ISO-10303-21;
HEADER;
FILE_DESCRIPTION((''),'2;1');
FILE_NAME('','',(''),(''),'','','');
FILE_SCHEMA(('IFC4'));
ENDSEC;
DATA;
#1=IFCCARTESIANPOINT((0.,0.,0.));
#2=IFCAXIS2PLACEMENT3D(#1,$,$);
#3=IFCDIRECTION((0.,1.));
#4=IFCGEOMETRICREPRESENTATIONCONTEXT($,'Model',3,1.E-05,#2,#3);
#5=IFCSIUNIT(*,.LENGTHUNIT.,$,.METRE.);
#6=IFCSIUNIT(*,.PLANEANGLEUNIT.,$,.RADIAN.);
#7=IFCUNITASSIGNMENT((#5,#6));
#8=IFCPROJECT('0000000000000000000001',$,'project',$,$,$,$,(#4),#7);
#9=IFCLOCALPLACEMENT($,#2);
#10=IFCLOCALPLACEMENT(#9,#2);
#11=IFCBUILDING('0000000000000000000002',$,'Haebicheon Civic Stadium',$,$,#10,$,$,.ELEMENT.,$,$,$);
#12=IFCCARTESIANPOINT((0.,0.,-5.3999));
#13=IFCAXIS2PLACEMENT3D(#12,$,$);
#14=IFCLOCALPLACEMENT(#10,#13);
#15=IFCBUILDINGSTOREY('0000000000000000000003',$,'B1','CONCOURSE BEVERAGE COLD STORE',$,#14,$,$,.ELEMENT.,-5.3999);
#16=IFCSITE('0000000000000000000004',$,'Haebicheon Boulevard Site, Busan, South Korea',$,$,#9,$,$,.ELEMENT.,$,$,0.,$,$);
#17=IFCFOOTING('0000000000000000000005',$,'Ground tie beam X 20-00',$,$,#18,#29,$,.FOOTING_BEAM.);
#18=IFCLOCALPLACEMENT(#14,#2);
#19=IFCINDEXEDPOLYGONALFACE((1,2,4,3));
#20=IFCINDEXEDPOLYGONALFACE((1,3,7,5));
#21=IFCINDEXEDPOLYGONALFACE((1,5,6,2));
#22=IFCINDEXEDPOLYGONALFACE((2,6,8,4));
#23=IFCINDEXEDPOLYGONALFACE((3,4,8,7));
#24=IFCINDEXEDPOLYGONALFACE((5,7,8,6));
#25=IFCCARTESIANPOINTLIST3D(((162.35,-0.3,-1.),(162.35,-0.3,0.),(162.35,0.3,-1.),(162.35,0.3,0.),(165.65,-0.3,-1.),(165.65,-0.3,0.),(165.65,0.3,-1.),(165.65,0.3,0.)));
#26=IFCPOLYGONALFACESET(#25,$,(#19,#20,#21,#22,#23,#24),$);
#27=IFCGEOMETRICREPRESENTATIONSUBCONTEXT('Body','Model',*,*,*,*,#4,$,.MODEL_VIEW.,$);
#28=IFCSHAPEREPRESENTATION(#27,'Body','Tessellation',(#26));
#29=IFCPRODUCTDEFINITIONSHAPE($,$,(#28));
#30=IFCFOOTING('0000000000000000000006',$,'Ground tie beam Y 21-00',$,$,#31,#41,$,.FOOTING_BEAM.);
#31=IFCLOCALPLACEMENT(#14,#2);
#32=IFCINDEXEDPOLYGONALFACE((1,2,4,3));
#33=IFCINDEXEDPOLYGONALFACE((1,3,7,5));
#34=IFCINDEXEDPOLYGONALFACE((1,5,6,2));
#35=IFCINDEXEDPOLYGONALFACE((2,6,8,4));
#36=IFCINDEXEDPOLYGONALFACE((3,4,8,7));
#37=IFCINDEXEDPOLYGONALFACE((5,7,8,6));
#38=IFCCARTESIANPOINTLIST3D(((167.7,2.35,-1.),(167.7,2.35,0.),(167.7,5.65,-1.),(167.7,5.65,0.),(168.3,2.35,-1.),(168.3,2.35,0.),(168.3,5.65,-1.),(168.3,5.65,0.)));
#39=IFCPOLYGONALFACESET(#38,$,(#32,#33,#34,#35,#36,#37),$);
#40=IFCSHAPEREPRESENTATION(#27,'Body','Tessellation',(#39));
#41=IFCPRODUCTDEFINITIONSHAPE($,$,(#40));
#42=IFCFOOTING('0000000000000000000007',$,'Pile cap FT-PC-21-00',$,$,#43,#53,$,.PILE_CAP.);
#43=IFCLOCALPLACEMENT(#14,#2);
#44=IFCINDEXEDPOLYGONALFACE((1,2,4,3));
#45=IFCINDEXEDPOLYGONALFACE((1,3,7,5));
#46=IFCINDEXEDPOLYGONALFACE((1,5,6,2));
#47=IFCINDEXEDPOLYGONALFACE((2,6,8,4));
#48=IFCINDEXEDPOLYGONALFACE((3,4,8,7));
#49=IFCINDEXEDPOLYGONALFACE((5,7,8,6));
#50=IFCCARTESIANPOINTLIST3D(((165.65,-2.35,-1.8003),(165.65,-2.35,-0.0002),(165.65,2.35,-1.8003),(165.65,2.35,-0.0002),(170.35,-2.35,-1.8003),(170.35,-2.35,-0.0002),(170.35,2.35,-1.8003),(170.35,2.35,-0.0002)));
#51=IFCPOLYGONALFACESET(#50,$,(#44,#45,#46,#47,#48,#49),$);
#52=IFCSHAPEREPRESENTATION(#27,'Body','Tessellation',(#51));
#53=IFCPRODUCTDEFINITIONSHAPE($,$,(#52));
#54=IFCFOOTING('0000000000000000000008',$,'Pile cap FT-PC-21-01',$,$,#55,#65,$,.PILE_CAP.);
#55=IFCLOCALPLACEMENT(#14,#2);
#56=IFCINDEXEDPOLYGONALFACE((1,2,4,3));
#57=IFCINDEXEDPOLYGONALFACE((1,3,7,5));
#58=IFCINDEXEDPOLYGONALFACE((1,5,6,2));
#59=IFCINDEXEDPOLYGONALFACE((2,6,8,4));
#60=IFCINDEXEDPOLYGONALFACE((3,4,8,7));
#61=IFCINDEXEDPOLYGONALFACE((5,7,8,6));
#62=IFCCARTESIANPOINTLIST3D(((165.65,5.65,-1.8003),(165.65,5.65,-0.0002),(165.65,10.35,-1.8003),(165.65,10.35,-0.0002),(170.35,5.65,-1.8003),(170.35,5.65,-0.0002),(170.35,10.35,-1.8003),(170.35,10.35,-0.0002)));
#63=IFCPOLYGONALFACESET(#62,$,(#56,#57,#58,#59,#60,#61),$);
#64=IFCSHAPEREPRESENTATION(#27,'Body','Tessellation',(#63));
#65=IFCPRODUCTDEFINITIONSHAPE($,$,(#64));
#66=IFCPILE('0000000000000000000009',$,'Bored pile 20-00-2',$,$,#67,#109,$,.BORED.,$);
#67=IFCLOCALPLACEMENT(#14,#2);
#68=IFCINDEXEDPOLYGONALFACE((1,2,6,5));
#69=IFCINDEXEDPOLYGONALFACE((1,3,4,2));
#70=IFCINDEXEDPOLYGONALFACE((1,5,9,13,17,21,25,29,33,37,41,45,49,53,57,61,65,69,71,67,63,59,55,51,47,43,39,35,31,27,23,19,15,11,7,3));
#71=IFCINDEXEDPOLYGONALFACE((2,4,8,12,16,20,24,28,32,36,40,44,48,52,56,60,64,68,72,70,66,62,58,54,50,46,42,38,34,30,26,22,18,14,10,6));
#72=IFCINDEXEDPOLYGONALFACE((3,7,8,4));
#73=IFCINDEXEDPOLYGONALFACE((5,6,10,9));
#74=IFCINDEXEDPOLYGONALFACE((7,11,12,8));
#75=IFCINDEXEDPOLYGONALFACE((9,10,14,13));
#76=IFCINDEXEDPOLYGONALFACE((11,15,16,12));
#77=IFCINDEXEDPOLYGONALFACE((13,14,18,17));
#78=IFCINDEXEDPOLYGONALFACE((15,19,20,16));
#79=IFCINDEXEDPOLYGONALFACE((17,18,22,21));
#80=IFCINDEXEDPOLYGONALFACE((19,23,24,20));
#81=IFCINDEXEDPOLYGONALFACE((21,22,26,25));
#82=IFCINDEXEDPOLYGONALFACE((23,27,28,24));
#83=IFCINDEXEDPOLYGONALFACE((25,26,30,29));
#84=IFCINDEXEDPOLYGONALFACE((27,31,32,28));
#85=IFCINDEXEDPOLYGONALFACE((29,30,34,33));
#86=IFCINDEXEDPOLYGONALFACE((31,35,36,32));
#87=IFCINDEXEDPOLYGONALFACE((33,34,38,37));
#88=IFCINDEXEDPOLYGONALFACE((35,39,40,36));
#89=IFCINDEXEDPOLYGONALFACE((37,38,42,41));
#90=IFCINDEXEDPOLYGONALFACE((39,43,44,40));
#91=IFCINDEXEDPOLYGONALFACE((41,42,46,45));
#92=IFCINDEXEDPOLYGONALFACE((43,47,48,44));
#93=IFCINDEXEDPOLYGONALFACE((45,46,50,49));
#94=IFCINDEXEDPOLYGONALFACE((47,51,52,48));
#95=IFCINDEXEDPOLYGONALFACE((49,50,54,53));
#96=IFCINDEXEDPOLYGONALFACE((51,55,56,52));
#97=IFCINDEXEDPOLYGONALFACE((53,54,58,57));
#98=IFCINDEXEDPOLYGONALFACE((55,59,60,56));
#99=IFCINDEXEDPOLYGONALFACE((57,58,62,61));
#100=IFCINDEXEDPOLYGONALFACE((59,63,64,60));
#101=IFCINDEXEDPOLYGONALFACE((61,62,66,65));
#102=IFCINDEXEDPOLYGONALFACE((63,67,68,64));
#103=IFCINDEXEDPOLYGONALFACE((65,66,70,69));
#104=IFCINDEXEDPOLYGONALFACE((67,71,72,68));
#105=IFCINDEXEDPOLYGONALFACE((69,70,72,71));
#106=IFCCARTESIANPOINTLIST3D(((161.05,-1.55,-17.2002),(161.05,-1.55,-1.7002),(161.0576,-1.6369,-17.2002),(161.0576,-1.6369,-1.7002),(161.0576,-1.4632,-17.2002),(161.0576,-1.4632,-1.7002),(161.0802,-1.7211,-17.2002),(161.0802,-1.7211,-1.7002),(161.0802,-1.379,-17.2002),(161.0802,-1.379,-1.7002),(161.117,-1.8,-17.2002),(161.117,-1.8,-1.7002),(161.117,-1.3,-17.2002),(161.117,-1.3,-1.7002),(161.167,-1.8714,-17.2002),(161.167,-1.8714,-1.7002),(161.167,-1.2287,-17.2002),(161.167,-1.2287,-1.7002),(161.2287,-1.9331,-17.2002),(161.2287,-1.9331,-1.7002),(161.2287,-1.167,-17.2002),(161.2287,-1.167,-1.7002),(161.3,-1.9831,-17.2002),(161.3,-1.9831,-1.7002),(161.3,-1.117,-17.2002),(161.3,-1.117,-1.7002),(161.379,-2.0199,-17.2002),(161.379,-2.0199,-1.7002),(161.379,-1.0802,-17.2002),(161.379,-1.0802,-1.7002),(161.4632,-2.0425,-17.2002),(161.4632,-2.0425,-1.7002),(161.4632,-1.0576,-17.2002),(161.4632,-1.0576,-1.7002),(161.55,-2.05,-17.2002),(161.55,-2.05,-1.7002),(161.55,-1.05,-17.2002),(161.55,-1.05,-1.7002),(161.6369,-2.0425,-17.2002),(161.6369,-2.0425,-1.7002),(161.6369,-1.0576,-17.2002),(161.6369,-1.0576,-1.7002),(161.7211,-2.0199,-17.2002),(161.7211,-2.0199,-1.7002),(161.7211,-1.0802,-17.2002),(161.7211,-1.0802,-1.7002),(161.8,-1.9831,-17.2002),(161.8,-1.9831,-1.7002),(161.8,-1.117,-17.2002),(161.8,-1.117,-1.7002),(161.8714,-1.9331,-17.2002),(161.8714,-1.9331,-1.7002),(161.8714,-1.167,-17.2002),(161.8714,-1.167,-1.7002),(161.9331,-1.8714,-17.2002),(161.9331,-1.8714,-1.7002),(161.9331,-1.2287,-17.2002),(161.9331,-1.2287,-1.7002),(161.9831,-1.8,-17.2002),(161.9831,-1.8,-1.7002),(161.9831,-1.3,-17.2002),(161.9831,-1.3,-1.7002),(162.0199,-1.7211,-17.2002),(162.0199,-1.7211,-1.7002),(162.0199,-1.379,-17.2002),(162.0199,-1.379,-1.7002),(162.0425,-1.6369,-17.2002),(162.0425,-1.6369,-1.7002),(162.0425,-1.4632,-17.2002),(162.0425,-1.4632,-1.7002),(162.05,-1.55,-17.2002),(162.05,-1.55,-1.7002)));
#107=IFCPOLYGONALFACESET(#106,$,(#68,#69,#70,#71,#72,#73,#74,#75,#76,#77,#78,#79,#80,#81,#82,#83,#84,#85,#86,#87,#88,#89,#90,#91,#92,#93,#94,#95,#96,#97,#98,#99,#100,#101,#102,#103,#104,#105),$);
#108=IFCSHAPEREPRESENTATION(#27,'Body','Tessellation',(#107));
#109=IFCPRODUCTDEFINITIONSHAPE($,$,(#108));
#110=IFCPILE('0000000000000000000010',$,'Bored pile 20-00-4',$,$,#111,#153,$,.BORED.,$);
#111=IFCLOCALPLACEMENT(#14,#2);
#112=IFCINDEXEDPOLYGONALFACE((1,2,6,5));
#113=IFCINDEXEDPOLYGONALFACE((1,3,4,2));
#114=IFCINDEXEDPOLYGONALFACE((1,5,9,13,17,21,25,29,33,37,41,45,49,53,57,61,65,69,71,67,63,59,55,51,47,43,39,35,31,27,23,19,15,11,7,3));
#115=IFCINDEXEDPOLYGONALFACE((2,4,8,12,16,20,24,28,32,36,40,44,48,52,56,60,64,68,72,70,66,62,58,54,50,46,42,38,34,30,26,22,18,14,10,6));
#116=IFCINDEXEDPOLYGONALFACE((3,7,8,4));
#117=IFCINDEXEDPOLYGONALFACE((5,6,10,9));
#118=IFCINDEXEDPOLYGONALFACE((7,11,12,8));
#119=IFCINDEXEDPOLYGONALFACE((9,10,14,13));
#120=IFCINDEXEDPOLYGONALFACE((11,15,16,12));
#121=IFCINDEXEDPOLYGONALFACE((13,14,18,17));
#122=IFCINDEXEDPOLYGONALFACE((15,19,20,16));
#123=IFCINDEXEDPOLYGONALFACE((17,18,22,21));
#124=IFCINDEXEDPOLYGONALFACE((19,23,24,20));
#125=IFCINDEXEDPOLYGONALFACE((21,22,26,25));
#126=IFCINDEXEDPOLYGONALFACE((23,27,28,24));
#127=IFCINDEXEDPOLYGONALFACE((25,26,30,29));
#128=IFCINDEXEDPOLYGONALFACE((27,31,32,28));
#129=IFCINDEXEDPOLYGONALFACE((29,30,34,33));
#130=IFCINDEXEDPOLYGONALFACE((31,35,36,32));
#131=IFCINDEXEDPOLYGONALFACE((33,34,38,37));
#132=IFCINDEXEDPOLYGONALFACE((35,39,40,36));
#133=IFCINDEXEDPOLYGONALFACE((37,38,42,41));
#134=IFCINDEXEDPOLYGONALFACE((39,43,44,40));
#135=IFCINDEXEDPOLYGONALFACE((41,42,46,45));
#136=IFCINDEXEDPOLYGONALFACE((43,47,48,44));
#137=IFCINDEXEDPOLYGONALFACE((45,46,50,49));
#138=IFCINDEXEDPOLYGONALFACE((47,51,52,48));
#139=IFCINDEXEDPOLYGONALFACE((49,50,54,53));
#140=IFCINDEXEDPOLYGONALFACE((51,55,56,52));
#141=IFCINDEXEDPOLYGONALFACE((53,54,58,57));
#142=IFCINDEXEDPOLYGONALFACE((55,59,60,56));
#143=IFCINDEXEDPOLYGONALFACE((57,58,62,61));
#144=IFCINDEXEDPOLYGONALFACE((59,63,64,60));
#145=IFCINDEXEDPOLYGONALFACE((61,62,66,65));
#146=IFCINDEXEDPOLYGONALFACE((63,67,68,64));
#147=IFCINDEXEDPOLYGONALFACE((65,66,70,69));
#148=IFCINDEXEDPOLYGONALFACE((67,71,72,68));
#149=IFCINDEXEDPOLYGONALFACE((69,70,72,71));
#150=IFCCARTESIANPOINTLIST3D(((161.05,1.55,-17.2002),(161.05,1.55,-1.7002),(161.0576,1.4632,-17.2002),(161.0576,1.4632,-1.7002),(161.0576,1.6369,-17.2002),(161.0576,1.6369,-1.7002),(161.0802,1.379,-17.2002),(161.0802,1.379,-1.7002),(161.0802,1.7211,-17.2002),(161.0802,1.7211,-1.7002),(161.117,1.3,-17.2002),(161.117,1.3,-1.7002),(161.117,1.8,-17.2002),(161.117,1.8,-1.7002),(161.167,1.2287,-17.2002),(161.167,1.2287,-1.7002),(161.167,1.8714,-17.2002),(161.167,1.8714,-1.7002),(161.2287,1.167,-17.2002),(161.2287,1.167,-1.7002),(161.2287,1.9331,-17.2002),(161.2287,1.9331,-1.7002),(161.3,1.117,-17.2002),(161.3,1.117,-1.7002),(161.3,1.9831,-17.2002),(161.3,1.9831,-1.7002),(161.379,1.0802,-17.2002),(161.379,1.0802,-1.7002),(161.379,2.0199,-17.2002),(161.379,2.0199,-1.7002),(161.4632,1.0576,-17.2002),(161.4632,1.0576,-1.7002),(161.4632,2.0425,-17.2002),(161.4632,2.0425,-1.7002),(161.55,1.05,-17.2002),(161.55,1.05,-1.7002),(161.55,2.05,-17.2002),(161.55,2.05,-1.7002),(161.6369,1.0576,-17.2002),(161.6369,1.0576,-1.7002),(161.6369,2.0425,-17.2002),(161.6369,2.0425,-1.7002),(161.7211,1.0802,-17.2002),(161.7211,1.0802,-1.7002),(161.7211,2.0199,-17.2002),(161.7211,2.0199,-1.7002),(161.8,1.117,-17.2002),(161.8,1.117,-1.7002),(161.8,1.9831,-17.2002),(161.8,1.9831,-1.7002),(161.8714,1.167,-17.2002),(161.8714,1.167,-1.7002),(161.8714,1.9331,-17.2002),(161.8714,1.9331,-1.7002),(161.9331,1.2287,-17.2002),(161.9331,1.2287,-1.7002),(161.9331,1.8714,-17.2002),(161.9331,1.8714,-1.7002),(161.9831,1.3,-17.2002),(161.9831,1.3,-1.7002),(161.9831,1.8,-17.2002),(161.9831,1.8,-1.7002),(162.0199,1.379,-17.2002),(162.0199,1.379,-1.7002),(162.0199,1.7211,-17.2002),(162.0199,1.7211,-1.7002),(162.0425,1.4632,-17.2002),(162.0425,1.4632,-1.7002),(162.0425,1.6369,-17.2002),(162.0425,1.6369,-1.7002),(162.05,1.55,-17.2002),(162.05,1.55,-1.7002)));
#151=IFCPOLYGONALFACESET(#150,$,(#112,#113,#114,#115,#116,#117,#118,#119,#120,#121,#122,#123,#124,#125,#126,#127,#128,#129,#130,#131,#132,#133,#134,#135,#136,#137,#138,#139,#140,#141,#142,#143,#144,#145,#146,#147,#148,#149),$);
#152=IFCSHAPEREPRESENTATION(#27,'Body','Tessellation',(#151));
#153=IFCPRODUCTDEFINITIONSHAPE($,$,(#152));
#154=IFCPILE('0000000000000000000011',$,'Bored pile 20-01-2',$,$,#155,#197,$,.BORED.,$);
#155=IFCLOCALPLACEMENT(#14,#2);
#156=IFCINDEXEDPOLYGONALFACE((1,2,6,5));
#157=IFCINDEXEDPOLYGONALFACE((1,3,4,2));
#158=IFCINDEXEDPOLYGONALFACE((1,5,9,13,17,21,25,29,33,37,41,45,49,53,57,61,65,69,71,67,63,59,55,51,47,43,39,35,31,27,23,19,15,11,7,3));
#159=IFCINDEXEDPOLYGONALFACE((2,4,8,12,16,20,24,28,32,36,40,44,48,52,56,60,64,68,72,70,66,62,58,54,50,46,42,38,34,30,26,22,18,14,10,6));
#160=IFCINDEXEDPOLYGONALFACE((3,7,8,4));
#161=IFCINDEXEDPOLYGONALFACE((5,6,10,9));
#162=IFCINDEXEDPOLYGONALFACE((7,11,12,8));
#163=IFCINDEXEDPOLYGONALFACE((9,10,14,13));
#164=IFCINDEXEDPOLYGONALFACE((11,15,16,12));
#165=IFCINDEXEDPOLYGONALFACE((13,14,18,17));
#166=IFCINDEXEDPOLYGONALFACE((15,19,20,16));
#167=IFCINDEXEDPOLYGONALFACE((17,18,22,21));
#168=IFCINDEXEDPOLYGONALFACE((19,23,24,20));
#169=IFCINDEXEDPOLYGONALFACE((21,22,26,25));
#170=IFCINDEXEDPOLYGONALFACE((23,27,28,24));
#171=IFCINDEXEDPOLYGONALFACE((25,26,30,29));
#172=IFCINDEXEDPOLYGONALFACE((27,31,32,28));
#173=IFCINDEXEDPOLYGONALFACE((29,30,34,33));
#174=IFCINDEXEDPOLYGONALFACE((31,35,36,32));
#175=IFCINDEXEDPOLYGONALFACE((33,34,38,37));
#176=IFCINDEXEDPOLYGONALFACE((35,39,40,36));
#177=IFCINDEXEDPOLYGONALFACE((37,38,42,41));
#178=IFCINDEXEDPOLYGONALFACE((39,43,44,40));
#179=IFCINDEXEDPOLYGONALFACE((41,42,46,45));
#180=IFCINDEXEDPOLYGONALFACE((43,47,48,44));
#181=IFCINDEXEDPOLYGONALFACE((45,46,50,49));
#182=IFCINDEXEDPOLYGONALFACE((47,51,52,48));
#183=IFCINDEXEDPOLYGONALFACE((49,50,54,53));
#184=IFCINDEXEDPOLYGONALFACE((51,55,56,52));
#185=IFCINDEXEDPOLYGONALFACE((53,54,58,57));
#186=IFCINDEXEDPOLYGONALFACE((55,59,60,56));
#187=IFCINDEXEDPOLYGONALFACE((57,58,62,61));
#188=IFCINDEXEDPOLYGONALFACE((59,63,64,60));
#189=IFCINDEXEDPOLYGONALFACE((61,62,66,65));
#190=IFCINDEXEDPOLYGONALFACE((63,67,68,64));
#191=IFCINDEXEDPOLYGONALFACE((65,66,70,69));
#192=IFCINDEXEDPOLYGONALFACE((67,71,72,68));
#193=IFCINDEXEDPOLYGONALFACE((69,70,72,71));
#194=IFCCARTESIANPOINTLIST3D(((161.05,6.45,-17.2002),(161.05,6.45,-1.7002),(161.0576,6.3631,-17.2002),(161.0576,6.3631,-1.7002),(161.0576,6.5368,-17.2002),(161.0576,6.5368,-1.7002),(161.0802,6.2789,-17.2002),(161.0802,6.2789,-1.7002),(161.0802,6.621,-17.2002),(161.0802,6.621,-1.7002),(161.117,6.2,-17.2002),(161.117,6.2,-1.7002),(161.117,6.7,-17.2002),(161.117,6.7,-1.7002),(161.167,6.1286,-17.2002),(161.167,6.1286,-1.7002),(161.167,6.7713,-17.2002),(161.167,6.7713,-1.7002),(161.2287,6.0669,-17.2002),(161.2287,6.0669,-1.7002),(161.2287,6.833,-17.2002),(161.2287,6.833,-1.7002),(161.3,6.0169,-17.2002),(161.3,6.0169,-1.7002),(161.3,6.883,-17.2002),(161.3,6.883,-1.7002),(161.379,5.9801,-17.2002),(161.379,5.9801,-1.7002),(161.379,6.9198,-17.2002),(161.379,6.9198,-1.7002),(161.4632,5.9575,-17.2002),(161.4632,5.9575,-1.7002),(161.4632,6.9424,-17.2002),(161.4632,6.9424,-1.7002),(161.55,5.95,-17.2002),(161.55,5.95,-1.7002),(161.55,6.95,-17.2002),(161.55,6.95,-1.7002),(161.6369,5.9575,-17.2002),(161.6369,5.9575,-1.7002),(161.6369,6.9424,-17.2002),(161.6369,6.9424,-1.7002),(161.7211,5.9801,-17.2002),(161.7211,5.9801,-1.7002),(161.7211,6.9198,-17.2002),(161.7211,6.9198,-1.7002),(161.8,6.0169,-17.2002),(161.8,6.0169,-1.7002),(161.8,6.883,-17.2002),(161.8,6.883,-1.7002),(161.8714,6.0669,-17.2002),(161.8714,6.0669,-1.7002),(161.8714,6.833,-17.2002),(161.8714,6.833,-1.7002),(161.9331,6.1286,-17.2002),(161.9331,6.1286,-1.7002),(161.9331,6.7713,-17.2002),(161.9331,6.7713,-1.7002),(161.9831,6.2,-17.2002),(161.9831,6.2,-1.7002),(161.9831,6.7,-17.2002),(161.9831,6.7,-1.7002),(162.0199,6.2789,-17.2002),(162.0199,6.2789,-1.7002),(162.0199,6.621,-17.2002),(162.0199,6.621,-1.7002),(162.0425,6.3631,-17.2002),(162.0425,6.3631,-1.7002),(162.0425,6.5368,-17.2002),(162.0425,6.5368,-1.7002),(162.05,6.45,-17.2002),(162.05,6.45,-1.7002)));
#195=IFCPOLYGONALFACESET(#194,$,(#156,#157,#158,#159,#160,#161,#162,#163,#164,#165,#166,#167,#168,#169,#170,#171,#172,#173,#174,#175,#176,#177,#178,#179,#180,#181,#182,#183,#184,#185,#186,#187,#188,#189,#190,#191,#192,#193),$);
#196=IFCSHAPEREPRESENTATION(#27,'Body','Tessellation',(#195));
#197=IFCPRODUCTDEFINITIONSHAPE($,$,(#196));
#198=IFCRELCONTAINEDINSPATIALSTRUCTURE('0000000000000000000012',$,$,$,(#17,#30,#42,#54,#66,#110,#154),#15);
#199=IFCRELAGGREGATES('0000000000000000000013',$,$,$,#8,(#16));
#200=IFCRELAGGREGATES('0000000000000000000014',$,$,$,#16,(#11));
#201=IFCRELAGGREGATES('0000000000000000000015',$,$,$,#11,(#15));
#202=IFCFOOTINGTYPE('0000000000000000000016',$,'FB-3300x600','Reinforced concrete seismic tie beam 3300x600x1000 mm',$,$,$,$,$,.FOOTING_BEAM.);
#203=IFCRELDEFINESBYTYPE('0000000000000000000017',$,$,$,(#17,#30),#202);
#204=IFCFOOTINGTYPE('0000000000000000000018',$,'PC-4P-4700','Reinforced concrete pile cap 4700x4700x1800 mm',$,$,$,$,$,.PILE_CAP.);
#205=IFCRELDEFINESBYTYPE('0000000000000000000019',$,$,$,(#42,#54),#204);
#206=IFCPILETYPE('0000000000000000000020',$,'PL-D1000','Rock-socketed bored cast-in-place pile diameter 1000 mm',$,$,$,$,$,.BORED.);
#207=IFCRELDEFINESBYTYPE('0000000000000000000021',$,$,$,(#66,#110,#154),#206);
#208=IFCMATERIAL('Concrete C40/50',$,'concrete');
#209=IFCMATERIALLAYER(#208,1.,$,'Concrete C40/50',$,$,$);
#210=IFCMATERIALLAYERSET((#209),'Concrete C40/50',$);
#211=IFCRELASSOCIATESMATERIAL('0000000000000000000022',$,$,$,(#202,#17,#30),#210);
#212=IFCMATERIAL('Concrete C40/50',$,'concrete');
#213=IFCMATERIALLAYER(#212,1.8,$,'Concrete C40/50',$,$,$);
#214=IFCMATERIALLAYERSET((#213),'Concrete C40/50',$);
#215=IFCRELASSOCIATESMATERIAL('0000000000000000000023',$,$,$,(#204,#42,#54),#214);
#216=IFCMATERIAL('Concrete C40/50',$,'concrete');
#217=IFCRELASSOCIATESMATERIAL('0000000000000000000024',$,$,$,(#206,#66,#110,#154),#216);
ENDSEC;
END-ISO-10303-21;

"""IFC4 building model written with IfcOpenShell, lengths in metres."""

from ifc_helpers import new_model, si_unit, direction, frame, origin, origin_2d, place, context, subcontext, project, spatial, rectangle, circle, extrude, material, layer, layer_set, material_profile, profile_set, type_object, element, save


model = new_model("IFC4")

# Units and contexts
model_context = context("Model", 3, precision=1e-05, world=origin(), true_north=direction((0.0, 1.0)))
body_context = subcontext(model_context, "Body", "Model", "MODEL_VIEW")
ifc_project = project(units=[si_unit("LENGTHUNIT", "METRE"), si_unit("PLANEANGLEUNIT", "RADIAN")], contexts=[model_context])

# Site, building, storey
site_placement = place(None, origin())
site = spatial("IfcSite", under=ifc_project, at=site_placement, Name="Haebicheon Boulevard Site, Busan, South Korea", CompositionType="ELEMENT", RefElevation=0.0)
building_placement = place(site_placement, origin())
building = spatial("IfcBuilding", under=site, at=building_placement, Name="Haebicheon Civic Stadium", CompositionType="ELEMENT")
storey_placement = place(building_placement, frame((0.0, 0.0, -5.3999)))
storey = spatial("IfcBuildingStorey", under=building, at=storey_placement, Name="B1", Description="CONCOURSE BEVERAGE COLD STORE", CompositionType="ELEMENT", Elevation=-5.3999)

# Footings
ifc_material_1 = material(Name="Concrete C40/50", Category="concrete")
ifc_layer_1 = layer(ifc_material_1, 1.0, Name="Concrete C40/50")
ifc_layer_set_1 = layer_set([ifc_layer_1], Name="Concrete C40/50")
footing_type_1 = type_object("IfcFootingType", Name="FB-3300x600", Description="Reinforced concrete seismic tie beam 3300x600x1000 mm", PredefinedType="FOOTING_BEAM", material=ifc_layer_set_1)
for number, where, z_axis, x_axis, name in (
    (1, (164.0, 0.0, -1.0), (0.0, 0.0, 1.0), (1.0, 0.0, 0.0), "Ground tie beam X 20-00"),
    (2, (168.0, 4.0, -1.0), (0.0, 0.0, 1.0), (0.0, 1.0, 0.0), "Ground tie beam Y 21-00"),
):
    element("IfcFooting", number, at=place(storey_placement, frame(where, z_axis=z_axis, x_axis=x_axis)), inside=storey, type_object=footing_type_1, material=ifc_layer_set_1, Name=name, PredefinedType="FOOTING_BEAM", context=body_context, shape_type="SweptSolid", body=[
        extrude(rectangle(XDim=3.3, YDim=0.6001, at=origin_2d()), origin(), (0.0, 0.0, 1.0), 1.0),
    ])
ifc_material_2 = material(Name="Concrete C40/50", Category="concrete")
ifc_layer_2 = layer(ifc_material_2, 1.8, Name="Concrete C40/50")
ifc_layer_set_2 = layer_set([ifc_layer_2], Name="Concrete C40/50")
footing_type_2 = type_object("IfcFootingType", Name="PC-4P-4700", Description="Reinforced concrete pile cap 4700x4700x1800 mm", PredefinedType="PILE_CAP", material=ifc_layer_set_2)
for number, where, z_axis, x_axis, name in (
    (3, (168.0, 0.0, -1.8003), (0.0, 0.0, 1.0), (1.0, 0.0, 0.0), "Pile cap FT-PC-21-00"),
    (4, (168.0, 8.0, -1.8003), (0.0, 0.0, 1.0), (1.0, 0.0, 0.0), "Pile cap FT-PC-21-01"),
):
    element("IfcFooting", number, at=place(storey_placement, frame(where, z_axis=z_axis, x_axis=x_axis)), inside=storey, type_object=footing_type_2, material=ifc_layer_set_2, Name=name, PredefinedType="PILE_CAP", context=body_context, shape_type="SweptSolid", body=[
        extrude(rectangle(XDim=4.7, YDim=4.7, at=origin_2d()), origin(), (0.0, 0.0, 1.0), 1.8),
    ])

# Piles
ifc_material_3 = material(Name="Concrete C40/50", Category="concrete")
ifc_material_profile_1 = material_profile(ifc_material_3, circle(Radius=0.5, at=origin_2d()), Name="PILE-D1000")
ifc_profile_set_1 = profile_set([ifc_material_profile_1], Name="Concrete C40/50")
pile_type = type_object("IfcPileType", Name="PL-D1000", Description="Rock-socketed bored cast-in-place pile diameter 1000 mm", PredefinedType="BORED", material=ifc_profile_set_1)
for number, where, z_axis, x_axis, name in (
    (5, (161.55, -1.55, -1.7002), (0.0, 0.0, -1.0), (1.0, 0.0, 0.0), "Bored pile 20-00-2"),
    (6, (161.55, 1.55, -1.7002), (0.0, 0.0, -1.0), (1.0, 0.0, 0.0), "Bored pile 20-00-4"),
    (7, (161.55, 6.45, -1.7002), (0.0, 0.0, -1.0), (1.0, 0.0, 0.0), "Bored pile 20-01-2"),
):
    element("IfcPile", number, at=place(storey_placement, frame(where, z_axis=z_axis, x_axis=x_axis)), inside=storey, type_object=pile_type, material=ifc_profile_set_1, Name=name, PredefinedType="BORED", context=body_context, shape_type="SweptSolid", body=[
        extrude(circle(Radius=0.5, at=origin_2d()), origin(), (0.0, 0.0, 1.0), 15.5),
    ])

save(model, "model.ifc")
